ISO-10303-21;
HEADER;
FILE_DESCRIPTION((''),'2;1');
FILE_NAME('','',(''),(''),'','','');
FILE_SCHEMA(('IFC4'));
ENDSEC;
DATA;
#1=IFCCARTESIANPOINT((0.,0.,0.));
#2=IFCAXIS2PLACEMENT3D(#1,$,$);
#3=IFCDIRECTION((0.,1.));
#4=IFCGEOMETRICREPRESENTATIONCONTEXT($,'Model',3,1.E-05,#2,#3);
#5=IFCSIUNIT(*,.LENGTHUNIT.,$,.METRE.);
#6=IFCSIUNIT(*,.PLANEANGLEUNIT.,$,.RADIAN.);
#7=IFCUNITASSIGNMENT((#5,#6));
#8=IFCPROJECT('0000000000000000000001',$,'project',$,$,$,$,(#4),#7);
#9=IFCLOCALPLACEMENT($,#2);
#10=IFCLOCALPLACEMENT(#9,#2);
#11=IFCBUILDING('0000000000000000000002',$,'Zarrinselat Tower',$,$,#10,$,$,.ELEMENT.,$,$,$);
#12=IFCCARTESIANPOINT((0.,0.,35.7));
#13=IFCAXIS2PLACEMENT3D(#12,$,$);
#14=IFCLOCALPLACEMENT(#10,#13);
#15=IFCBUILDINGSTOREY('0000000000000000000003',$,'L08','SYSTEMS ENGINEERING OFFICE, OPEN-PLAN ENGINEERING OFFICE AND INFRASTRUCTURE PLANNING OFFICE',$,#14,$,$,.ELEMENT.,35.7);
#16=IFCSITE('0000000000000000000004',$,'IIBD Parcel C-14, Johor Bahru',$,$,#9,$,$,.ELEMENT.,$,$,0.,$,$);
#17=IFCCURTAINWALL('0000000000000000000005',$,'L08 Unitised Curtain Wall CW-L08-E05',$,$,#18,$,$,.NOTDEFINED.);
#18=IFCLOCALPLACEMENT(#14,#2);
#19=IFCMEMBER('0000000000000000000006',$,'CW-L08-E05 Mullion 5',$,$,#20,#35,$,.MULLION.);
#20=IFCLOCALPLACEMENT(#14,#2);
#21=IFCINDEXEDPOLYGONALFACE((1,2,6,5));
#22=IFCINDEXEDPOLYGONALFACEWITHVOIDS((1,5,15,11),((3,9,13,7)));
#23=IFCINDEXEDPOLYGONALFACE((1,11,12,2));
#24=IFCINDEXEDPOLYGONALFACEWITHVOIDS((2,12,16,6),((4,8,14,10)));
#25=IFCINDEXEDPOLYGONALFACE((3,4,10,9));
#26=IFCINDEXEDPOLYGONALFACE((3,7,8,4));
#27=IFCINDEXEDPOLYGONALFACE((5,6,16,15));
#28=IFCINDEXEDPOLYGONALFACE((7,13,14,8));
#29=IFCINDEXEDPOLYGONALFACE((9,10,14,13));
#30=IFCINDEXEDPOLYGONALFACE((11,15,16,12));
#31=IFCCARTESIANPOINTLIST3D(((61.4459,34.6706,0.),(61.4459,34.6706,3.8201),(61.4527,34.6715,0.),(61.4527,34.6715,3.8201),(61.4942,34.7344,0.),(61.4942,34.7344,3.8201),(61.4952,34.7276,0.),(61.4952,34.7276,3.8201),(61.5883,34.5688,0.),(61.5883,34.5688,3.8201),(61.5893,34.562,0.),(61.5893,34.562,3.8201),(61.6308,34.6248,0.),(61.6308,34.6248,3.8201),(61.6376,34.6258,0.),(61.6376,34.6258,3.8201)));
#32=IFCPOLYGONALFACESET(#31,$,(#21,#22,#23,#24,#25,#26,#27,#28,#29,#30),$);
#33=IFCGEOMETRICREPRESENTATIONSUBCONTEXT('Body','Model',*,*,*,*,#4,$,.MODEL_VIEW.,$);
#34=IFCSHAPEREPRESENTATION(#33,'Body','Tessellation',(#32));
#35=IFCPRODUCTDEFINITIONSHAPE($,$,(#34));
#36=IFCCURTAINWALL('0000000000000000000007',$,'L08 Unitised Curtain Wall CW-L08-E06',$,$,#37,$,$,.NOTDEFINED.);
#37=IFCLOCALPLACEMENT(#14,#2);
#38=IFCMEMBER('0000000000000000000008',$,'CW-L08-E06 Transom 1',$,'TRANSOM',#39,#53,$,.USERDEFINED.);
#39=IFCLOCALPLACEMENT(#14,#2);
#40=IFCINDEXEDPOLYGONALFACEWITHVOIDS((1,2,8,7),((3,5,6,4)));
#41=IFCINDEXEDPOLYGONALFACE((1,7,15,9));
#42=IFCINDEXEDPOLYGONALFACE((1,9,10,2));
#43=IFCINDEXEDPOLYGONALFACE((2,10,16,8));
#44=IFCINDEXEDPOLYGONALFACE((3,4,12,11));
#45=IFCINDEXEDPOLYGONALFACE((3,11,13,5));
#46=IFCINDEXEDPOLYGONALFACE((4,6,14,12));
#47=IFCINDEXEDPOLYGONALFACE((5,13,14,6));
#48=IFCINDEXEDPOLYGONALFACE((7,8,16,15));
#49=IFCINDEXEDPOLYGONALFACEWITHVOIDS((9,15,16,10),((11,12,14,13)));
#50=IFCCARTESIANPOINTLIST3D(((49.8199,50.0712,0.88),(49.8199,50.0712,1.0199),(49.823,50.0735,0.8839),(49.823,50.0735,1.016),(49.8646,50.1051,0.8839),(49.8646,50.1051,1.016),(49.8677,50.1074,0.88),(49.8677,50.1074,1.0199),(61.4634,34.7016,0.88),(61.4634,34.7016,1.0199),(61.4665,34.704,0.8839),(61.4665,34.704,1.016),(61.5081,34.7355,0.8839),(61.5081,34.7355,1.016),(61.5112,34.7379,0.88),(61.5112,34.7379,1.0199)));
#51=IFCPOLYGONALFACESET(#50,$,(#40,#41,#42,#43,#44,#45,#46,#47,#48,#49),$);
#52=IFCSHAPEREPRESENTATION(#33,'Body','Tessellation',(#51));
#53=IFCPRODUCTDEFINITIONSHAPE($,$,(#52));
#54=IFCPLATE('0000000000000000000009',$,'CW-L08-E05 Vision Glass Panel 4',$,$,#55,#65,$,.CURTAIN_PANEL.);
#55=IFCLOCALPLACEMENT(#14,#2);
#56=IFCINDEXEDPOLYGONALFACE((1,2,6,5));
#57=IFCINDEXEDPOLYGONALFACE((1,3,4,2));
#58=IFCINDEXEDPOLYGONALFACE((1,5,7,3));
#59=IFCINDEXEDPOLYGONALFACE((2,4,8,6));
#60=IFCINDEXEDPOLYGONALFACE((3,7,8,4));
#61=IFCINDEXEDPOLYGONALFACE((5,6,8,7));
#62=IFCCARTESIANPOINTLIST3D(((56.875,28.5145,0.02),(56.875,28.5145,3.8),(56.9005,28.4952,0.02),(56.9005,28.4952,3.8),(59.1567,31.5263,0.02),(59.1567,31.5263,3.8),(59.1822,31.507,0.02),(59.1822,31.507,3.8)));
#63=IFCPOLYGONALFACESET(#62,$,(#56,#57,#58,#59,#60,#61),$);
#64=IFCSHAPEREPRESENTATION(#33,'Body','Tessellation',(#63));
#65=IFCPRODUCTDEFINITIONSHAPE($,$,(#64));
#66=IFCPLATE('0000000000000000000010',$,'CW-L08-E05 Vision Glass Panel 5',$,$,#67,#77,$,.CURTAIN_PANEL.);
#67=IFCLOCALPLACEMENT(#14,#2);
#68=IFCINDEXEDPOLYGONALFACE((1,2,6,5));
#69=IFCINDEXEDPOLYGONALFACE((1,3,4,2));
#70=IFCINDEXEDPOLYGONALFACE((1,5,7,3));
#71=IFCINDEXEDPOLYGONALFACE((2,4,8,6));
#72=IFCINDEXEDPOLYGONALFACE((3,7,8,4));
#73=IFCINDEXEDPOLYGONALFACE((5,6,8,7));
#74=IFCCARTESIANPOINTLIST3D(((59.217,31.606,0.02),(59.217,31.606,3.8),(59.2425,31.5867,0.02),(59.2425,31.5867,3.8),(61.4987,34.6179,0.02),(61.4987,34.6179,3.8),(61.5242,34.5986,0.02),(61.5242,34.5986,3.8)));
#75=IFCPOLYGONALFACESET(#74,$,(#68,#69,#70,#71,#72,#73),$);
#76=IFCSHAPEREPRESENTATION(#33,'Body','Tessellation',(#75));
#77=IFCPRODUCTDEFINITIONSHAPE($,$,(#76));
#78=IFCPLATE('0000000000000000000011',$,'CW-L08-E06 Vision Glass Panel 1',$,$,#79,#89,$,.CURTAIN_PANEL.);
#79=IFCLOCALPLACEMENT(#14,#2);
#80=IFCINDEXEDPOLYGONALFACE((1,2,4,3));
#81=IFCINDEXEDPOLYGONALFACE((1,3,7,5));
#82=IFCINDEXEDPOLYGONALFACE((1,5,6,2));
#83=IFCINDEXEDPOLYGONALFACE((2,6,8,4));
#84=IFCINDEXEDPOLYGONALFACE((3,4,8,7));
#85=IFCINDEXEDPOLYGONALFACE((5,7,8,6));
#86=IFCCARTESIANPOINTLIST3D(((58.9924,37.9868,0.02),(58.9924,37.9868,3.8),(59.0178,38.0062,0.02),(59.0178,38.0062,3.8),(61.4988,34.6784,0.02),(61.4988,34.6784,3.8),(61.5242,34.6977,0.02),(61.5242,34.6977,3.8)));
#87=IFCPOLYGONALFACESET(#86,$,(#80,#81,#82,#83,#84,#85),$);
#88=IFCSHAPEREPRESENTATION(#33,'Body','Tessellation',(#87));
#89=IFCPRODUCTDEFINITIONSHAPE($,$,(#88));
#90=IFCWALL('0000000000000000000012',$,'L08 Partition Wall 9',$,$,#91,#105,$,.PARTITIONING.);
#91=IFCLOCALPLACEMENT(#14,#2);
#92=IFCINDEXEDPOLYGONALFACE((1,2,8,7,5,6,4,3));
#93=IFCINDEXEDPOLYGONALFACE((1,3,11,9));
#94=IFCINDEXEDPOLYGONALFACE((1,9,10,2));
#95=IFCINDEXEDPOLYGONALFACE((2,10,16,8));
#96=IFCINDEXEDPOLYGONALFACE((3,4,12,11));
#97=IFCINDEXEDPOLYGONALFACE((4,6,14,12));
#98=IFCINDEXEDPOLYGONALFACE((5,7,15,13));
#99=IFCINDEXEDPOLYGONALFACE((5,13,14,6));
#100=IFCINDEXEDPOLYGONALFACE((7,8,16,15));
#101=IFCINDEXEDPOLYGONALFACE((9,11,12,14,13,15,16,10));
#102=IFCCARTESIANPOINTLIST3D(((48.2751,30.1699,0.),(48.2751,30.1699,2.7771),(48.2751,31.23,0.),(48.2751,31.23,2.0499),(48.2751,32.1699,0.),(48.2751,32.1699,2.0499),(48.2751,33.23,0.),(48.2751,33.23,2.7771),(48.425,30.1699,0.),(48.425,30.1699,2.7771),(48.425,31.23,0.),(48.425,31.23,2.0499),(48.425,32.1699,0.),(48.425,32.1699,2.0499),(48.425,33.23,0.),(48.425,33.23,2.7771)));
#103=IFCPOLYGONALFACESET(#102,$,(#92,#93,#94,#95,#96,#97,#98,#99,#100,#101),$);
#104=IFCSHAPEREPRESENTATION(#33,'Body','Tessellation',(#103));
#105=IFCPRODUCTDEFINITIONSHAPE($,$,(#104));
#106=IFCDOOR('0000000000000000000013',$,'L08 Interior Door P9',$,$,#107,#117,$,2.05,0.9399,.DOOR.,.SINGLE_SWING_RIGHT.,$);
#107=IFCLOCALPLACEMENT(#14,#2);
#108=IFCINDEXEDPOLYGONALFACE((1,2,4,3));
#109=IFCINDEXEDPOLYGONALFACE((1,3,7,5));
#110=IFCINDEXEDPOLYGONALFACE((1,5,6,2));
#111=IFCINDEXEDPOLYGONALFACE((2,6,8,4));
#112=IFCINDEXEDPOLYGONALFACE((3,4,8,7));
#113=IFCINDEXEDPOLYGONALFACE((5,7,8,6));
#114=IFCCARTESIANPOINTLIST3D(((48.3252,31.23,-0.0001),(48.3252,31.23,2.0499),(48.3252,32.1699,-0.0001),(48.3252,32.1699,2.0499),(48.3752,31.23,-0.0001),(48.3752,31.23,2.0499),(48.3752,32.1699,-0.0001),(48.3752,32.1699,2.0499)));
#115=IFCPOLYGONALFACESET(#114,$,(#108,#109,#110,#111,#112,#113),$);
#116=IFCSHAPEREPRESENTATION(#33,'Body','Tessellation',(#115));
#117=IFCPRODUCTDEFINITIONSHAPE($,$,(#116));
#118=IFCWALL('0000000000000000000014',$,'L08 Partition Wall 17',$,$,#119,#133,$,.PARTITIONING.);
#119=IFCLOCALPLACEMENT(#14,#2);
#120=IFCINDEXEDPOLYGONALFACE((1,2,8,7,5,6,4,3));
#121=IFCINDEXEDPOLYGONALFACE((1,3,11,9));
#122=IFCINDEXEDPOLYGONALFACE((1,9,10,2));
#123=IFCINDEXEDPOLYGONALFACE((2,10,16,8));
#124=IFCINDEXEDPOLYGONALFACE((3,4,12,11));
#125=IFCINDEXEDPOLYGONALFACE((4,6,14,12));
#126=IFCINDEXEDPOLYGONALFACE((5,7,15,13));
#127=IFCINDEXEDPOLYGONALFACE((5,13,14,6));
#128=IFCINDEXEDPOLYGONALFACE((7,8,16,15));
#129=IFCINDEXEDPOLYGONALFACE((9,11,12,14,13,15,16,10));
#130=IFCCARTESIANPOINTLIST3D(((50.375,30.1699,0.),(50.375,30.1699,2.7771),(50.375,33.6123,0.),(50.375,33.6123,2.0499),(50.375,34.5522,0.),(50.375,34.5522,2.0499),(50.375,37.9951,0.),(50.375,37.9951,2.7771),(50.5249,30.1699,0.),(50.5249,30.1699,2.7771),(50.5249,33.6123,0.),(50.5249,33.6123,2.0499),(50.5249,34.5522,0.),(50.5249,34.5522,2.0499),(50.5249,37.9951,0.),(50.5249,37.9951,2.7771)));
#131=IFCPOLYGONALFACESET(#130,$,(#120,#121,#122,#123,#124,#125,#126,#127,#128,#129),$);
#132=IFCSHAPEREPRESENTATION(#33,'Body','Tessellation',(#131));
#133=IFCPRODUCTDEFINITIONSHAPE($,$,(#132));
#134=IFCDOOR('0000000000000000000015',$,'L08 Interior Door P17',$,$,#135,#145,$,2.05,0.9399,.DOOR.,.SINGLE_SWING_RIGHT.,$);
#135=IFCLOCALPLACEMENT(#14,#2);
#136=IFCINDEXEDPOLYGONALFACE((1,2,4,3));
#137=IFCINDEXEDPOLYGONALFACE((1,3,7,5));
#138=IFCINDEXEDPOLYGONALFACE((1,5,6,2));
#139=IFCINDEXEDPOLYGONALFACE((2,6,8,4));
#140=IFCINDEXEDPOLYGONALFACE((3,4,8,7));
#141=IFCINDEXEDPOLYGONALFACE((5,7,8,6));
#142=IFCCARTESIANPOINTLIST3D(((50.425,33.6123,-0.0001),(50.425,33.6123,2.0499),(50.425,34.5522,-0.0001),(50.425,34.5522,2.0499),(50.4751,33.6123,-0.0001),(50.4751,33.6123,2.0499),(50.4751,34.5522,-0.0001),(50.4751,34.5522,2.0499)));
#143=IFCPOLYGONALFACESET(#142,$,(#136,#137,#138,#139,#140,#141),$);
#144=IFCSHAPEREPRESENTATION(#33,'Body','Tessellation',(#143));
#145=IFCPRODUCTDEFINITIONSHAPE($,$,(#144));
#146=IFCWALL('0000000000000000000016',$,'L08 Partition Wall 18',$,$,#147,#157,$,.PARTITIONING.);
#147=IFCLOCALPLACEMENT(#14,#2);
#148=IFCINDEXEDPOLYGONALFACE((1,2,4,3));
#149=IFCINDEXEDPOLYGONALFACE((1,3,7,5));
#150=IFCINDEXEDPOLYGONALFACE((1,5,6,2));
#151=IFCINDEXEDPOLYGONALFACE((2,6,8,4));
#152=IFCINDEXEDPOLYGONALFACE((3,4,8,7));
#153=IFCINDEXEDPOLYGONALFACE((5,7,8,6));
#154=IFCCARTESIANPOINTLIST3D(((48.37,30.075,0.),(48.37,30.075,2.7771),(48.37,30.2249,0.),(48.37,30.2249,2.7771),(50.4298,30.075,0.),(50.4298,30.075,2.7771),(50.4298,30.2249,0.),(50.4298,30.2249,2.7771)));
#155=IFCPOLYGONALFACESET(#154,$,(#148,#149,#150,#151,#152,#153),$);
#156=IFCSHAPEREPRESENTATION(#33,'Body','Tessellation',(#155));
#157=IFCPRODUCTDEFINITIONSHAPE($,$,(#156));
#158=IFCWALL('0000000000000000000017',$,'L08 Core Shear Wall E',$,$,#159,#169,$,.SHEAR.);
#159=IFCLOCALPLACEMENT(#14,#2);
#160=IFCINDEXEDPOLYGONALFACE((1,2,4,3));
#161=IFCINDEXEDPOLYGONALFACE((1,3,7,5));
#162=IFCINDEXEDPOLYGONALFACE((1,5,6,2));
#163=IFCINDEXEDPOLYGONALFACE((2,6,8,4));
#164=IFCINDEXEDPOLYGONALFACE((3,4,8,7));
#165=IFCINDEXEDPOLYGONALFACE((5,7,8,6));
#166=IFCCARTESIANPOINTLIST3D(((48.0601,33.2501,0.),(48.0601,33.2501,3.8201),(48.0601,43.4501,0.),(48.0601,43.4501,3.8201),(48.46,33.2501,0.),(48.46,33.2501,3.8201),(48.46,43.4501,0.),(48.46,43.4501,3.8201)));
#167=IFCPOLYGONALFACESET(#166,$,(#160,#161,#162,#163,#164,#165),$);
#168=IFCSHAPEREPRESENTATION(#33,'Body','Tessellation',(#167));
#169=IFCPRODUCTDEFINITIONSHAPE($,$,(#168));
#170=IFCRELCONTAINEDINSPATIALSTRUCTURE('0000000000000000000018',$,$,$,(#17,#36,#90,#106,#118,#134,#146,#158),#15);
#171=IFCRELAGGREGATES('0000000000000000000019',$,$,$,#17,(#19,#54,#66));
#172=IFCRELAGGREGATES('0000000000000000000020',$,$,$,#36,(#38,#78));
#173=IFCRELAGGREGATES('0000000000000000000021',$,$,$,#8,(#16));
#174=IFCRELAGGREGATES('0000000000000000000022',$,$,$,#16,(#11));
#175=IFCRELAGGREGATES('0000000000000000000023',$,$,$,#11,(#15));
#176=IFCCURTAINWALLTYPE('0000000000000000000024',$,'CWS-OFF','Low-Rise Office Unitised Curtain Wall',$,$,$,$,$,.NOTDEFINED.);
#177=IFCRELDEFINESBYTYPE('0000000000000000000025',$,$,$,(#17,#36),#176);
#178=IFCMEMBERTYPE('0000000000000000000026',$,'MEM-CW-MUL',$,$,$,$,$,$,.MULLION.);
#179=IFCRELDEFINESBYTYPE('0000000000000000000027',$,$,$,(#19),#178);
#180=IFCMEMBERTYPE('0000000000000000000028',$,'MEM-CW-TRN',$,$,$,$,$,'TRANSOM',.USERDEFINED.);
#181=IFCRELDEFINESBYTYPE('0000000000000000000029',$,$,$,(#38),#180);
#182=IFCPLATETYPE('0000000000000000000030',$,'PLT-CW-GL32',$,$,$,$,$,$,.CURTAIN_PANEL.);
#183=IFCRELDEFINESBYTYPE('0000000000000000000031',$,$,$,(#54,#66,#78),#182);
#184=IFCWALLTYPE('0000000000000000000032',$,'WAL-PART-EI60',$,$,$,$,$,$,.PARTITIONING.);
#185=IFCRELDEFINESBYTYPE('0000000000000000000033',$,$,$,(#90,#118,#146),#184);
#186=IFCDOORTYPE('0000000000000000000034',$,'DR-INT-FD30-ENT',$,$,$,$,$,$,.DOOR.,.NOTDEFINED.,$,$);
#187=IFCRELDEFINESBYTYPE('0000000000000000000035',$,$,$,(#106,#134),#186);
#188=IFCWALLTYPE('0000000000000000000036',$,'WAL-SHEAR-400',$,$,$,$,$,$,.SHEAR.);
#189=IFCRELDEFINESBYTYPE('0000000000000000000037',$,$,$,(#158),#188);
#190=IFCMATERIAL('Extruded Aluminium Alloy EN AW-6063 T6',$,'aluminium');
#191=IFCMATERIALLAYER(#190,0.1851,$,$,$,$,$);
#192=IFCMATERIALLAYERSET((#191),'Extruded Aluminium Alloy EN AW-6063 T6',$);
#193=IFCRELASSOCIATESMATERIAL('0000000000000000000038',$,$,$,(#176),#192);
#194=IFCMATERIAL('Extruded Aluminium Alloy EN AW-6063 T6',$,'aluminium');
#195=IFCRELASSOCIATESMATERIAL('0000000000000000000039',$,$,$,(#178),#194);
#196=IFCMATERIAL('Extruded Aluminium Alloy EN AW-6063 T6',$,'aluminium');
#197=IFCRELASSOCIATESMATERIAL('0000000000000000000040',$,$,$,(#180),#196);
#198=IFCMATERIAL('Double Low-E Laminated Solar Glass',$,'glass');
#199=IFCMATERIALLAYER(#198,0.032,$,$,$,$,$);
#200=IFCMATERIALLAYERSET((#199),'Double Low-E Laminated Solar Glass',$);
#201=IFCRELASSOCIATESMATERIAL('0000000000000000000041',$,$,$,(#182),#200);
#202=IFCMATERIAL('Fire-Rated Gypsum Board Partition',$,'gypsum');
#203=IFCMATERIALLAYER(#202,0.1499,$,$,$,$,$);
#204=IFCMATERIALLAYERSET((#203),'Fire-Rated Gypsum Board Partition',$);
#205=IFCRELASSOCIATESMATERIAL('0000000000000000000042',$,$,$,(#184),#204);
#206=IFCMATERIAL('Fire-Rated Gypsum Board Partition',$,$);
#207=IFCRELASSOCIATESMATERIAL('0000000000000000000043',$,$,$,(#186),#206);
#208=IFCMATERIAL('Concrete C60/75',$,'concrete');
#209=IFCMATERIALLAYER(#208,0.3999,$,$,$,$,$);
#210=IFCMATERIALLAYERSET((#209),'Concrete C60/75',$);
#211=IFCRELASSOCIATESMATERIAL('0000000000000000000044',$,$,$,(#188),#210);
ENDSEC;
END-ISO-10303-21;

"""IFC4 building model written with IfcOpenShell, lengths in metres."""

from ifc_helpers import new_model, si_unit, direction, frame, frame_2d, origin, origin_2d, place, context, subcontext, project, spatial, rectangle, hollow_rectangle, extrude, material, layer, layer_set, material_profile, profile_set, type_object, element, fill, aggregate, save


model = new_model("IFC4")

# Units and contexts
model_context = context("Model", 3, precision=1e-05, world=origin(), true_north=direction((0.0, 1.0)))
body_context = subcontext(model_context, "Body", "Model", "MODEL_VIEW")
ifc_project = project(units=[si_unit("LENGTHUNIT", "METRE"), si_unit("PLANEANGLEUNIT", "RADIAN")], contexts=[model_context])

# Site, building, storey
site_placement = place(None, origin())
site = spatial("IfcSite", under=ifc_project, at=site_placement, Name="IIBD Parcel C-14, Johor Bahru", CompositionType="ELEMENT", RefElevation=0.0)
building_placement = place(site_placement, origin())
building = spatial("IfcBuilding", under=site, at=building_placement, Name="Zarrinselat Tower", CompositionType="ELEMENT")
storey_placement = place(building_placement, frame((0.0, 0.0, 35.7)))
storey = spatial("IfcBuildingStorey", under=building, at=storey_placement, Name="L08", Description="SYSTEMS ENGINEERING OFFICE, OPEN-PLAN ENGINEERING OFFICE AND INFRASTRUCTURE PLANNING OFFICE", CompositionType="ELEMENT", Elevation=35.7)

# Curtain wall, member
ifc_material_1 = material(Name="Extruded Aluminium Alloy EN AW-6063 T6", Category="aluminium")
ifc_layer_1 = layer(ifc_material_1, 0.1851)
ifc_layer_set_1 = layer_set([ifc_layer_1], Name="Extruded Aluminium Alloy EN AW-6063 T6")
curtain_wall_type = type_object("IfcCurtainWallType", Name="CWS-OFF", Description="Low-Rise Office Unitised Curtain Wall", PredefinedType="NOTDEFINED", material=ifc_layer_set_1)
curtain_wall_1_placement = place(storey_placement, origin())
curtain_wall_1 = element("IfcCurtainWall", 1, at=curtain_wall_1_placement, inside=storey, type_object=curtain_wall_type, Name="L08 Unitised Curtain Wall CW-L08-E05", PredefinedType="NOTDEFINED")
ifc_material_2 = material(Name="Extruded Aluminium Alloy EN AW-6063 T6", Category="aluminium")
ifc_material_profile_1 = material_profile(ifc_material_2, hollow_rectangle(XDim=0.0801, YDim=0.1799, WallThickness=0.0049, at=origin_2d()), Name="RHS 180x80x5")
ifc_profile_set_1 = profile_set([ifc_material_profile_1], Name="Extruded Aluminium Alloy EN AW-6063 T6")
member_type_1 = type_object("IfcMemberType", Name="MEM-CW-MUL", PredefinedType="MULLION", material=ifc_profile_set_1)
member_1_placement = place(storey_placement, frame((61.5417, 34.6482, 0.0), z_axis=(0.0, 0.0, 1.0), x_axis=(0.603858, 0.797092, 0.0)))
member_1 = element("IfcMember", 2, at=member_1_placement, type_object=member_type_1, Name="CW-L08-E05 Mullion 5", PredefinedType="MULLION", context=body_context, shape_type="SweptSolid", body=[
    extrude(hollow_rectangle(XDim=0.0801, YDim=0.1799, WallThickness=0.0049, at=origin_2d()), origin(), (0.0, 0.0, 1.0), 3.8201),
])

# Curtain wall, member
curtain_wall_2_placement = place(storey_placement, origin())
curtain_wall_2 = element("IfcCurtainWall", 3, at=curtain_wall_2_placement, inside=storey, type_object=curtain_wall_type, Name="L08 Unitised Curtain Wall CW-L08-E06", PredefinedType="NOTDEFINED")
ifc_material_3 = material(Name="Extruded Aluminium Alloy EN AW-6063 T6", Category="aluminium")
ifc_material_profile_2 = material_profile(ifc_material_3, hollow_rectangle(XDim=0.0601, YDim=0.1399, WallThickness=0.0039, at=origin_2d()), Name="RHS 140x60x4")
ifc_profile_set_2 = profile_set([ifc_material_profile_2], Name="Extruded Aluminium Alloy EN AW-6063 T6")
member_type_2 = type_object("IfcMemberType", Name="MEM-CW-TRN", ElementType="TRANSOM", PredefinedType="USERDEFINED", material=ifc_profile_set_2)
member_2_placement = place(storey_placement, frame((61.4873, 34.7197, 0.95), z_axis=(-0.603854, 0.797095, 0.0), x_axis=(-0.797095, -0.603854, 0.0)))
member_2 = element("IfcMember", 4, at=member_2_placement, type_object=member_type_2, Name="CW-L08-E06 Transom 1", ObjectType="TRANSOM", PredefinedType="USERDEFINED", context=body_context, shape_type="SweptSolid", body=[
    extrude(hollow_rectangle(XDim=0.0601, YDim=0.1399, WallThickness=0.0039, at=origin_2d()), origin(), (0.0, 0.0, 1.0), 19.282),
])

# Plates
ifc_material_4 = material(Name="Double Low-E Laminated Solar Glass", Category="glass")
ifc_layer_2 = layer(ifc_material_4, 0.032)
ifc_layer_set_2 = layer_set([ifc_layer_2], Name="Double Low-E Laminated Solar Glass")
plate_type = type_object("IfcPlateType", Name="PLT-CW-GL32", PredefinedType="CURTAIN_PANEL", material=ifc_layer_set_2)
plate_1_placement = place(storey_placement, frame((58.0286, 30.0107, 0.02), z_axis=(0.0, 0.0, 1.0), x_axis=(0.603858, 0.797092, 0.0)))
plate_1 = element("IfcPlate", 5, at=plate_1_placement, type_object=plate_type, Name="CW-L08-E05 Vision Glass Panel 4", PredefinedType="CURTAIN_PANEL", context=body_context, shape_type="SweptSolid", body=[
    extrude(rectangle(XDim=3.7786, YDim=0.032, at=origin_2d()), origin(), (0.0, 0.0, 1.0), 3.78),
])
plate_2_placement = place(storey_placement, frame((60.3706, 33.1023, 0.02), z_axis=(0.0, 0.0, 1.0), x_axis=(0.603858, 0.797092, 0.0)))
plate_2 = element("IfcPlate", 6, at=plate_2_placement, type_object=plate_type, Name="CW-L08-E05 Vision Glass Panel 5", PredefinedType="CURTAIN_PANEL", context=body_context, shape_type="SweptSolid", body=[
    extrude(rectangle(XDim=3.7786, YDim=0.032, at=origin_2d()), origin(), (0.0, 0.0, 1.0), 3.78),
])
aggregate(curtain_wall_1, [member_1, plate_1, plate_2])
plate_3_placement = place(storey_placement, frame((60.2583, 36.3423, 0.02), z_axis=(0.0, 0.0, 1.0), x_axis=(-0.603859, 0.797091, 0.0)))
plate_3 = element("IfcPlate", 7, at=plate_3_placement, type_object=plate_type, Name="CW-L08-E06 Vision Glass Panel 1", PredefinedType="CURTAIN_PANEL", context=body_context, shape_type="SweptSolid", body=[
    extrude(rectangle(XDim=4.1506, YDim=0.032, at=origin_2d()), origin(), (0.0, 0.0, 1.0), 3.78),
])
aggregate(curtain_wall_2, [member_2, plate_3])

# Walls, openings, doors
ifc_material_5 = material(Name="Fire-Rated Gypsum Board Partition", Category="gypsum")
ifc_layer_3 = layer(ifc_material_5, 0.1499)
ifc_layer_set_3 = layer_set([ifc_layer_3], Name="Fire-Rated Gypsum Board Partition")
wall_type_1 = type_object("IfcWallType", Name="WAL-PART-EI60", PredefinedType="PARTITIONING", material=ifc_layer_set_3)
wall_1_placement = place(storey_placement, frame((48.3501, 30.1699, 0.0), z_axis=(0.0, 0.0, 1.0), x_axis=(0.0, 1.0, 0.0)))
wall_1 = element("IfcWall", 8, at=wall_1_placement, inside=storey, type_object=wall_type_1, Name="L08 Partition Wall 9", PredefinedType="PARTITIONING", context=body_context, shape_type="SweptSolid", body=[
    extrude(rectangle(XDim=3.0601, YDim=0.1499, at=frame_2d((1.53, 0.0))), origin(), (0.0, 0.0, 1.0), 2.7771),
])
opening_1_placement = place(wall_1_placement, frame((1.0601, 0.0, 0.0)))
opening_1 = element("IfcOpeningElement", 9, at=opening_1_placement, cuts=wall_1, PredefinedType="OPENING", context=body_context, shape_type="SweptSolid", body=[
    extrude(rectangle(XDim=0.9399, YDim=2.05, at=frame_2d((0.47, 1.0249))), frame((0.0, 0.085, 0.0), z_axis=(0.0, -1.0, 0.0), x_axis=(1.0, 0.0, 0.0)), (0.0, 0.0, 1.0), 0.1699),
])
ifc_material_6 = material(Name="Fire-Rated Gypsum Board Partition")
door_type = type_object("IfcDoorType", Name="DR-INT-FD30-ENT", OperationType="NOTDEFINED", PredefinedType="DOOR", material=ifc_material_6)
door_1_placement = place(opening_1_placement, origin())
door_1 = element("IfcDoor", 10, at=door_1_placement, inside=storey, type_object=door_type, Name="L08 Interior Door P9", OperationType="SINGLE_SWING_RIGHT", OverallHeight=2.05, OverallWidth=0.9399, PredefinedType="DOOR", context=body_context, shape_type="SweptSolid", body=[
    extrude(rectangle(XDim=0.9399, YDim=2.05, at=frame_2d((0.47, 1.0249))), frame((0.0, 0.0249, 0.0), z_axis=(0.0, -1.0, 0.0), x_axis=(1.0, 0.0, 0.0)), (0.0, 0.0, 1.0), 0.05),
])
fill(opening_1, door_1)
wall_2_placement = place(storey_placement, frame((50.45, 30.1699, 0.0), z_axis=(0.0, 0.0, 1.0), x_axis=(0.0, 1.0, 0.0)))
wall_2 = element("IfcWall", 11, at=wall_2_placement, inside=storey, type_object=wall_type_1, Name="L08 Partition Wall 17", PredefinedType="PARTITIONING", context=body_context, shape_type="SweptSolid", body=[
    extrude(rectangle(XDim=7.8252, YDim=0.1499, at=frame_2d((3.9126, 0.0))), origin(), (0.0, 0.0, 1.0), 2.7771),
])
opening_2_placement = place(wall_2_placement, frame((3.4424, 0.0, 0.0)))
opening_2 = element("IfcOpeningElement", 12, at=opening_2_placement, cuts=wall_2, PredefinedType="OPENING", context=body_context, shape_type="SweptSolid", body=[
    extrude(rectangle(XDim=0.9399, YDim=2.05, at=frame_2d((0.47, 1.0249))), frame((0.0, 0.085, 0.0), z_axis=(0.0, -1.0, 0.0), x_axis=(1.0, 0.0, 0.0)), (0.0, 0.0, 1.0), 0.1699),
])
door_2_placement = place(opening_2_placement, origin())
door_2 = element("IfcDoor", 13, at=door_2_placement, inside=storey, type_object=door_type, Name="L08 Interior Door P17", OperationType="SINGLE_SWING_RIGHT", OverallHeight=2.05, OverallWidth=0.9399, PredefinedType="DOOR", context=body_context, shape_type="SweptSolid", body=[
    extrude(rectangle(XDim=0.9399, YDim=2.05, at=frame_2d((0.47, 1.0249))), frame((0.0, 0.0249, 0.0), z_axis=(0.0, -1.0, 0.0), x_axis=(1.0, 0.0, 0.0)), (0.0, 0.0, 1.0), 0.05),
])
fill(opening_2, door_2)

# Walls
wall_3_placement = place(storey_placement, frame((48.3701, 30.1499, 0.0), z_axis=(0.0, 0.0, 1.0), x_axis=(1.0, 0.0, 0.0)))
element("IfcWall", 14, at=wall_3_placement, inside=storey, type_object=wall_type_1, Name="L08 Partition Wall 18", PredefinedType="PARTITIONING", context=body_context, shape_type="SweptSolid", body=[
    extrude(rectangle(XDim=2.0598, YDim=0.1499, at=frame_2d((1.0298, 0.0))), origin(), (0.0, 0.0, 1.0), 2.7771),
])
ifc_material_7 = material(Name="Concrete C60/75", Category="concrete")
ifc_layer_4 = layer(ifc_material_7, 0.3999)
ifc_layer_set_4 = layer_set([ifc_layer_4], Name="Concrete C60/75")
wall_type_2 = type_object("IfcWallType", Name="WAL-SHEAR-400", PredefinedType="SHEAR", material=ifc_layer_set_4)
wall_4_placement = place(storey_placement, frame((48.26, 33.25, 0.0), z_axis=(0.0, 0.0, 1.0), x_axis=(0.0, 1.0, 0.0)))
element("IfcWall", 15, at=wall_4_placement, inside=storey, type_object=wall_type_2, Name="L08 Core Shear Wall E", PredefinedType="SHEAR", context=body_context, shape_type="SweptSolid", body=[
    extrude(rectangle(XDim=10.2, YDim=0.3999, at=frame_2d((5.1001, 0.0))), origin(), (0.0, 0.0, 1.0), 3.8201),
])

save(model, "model.ifc")
